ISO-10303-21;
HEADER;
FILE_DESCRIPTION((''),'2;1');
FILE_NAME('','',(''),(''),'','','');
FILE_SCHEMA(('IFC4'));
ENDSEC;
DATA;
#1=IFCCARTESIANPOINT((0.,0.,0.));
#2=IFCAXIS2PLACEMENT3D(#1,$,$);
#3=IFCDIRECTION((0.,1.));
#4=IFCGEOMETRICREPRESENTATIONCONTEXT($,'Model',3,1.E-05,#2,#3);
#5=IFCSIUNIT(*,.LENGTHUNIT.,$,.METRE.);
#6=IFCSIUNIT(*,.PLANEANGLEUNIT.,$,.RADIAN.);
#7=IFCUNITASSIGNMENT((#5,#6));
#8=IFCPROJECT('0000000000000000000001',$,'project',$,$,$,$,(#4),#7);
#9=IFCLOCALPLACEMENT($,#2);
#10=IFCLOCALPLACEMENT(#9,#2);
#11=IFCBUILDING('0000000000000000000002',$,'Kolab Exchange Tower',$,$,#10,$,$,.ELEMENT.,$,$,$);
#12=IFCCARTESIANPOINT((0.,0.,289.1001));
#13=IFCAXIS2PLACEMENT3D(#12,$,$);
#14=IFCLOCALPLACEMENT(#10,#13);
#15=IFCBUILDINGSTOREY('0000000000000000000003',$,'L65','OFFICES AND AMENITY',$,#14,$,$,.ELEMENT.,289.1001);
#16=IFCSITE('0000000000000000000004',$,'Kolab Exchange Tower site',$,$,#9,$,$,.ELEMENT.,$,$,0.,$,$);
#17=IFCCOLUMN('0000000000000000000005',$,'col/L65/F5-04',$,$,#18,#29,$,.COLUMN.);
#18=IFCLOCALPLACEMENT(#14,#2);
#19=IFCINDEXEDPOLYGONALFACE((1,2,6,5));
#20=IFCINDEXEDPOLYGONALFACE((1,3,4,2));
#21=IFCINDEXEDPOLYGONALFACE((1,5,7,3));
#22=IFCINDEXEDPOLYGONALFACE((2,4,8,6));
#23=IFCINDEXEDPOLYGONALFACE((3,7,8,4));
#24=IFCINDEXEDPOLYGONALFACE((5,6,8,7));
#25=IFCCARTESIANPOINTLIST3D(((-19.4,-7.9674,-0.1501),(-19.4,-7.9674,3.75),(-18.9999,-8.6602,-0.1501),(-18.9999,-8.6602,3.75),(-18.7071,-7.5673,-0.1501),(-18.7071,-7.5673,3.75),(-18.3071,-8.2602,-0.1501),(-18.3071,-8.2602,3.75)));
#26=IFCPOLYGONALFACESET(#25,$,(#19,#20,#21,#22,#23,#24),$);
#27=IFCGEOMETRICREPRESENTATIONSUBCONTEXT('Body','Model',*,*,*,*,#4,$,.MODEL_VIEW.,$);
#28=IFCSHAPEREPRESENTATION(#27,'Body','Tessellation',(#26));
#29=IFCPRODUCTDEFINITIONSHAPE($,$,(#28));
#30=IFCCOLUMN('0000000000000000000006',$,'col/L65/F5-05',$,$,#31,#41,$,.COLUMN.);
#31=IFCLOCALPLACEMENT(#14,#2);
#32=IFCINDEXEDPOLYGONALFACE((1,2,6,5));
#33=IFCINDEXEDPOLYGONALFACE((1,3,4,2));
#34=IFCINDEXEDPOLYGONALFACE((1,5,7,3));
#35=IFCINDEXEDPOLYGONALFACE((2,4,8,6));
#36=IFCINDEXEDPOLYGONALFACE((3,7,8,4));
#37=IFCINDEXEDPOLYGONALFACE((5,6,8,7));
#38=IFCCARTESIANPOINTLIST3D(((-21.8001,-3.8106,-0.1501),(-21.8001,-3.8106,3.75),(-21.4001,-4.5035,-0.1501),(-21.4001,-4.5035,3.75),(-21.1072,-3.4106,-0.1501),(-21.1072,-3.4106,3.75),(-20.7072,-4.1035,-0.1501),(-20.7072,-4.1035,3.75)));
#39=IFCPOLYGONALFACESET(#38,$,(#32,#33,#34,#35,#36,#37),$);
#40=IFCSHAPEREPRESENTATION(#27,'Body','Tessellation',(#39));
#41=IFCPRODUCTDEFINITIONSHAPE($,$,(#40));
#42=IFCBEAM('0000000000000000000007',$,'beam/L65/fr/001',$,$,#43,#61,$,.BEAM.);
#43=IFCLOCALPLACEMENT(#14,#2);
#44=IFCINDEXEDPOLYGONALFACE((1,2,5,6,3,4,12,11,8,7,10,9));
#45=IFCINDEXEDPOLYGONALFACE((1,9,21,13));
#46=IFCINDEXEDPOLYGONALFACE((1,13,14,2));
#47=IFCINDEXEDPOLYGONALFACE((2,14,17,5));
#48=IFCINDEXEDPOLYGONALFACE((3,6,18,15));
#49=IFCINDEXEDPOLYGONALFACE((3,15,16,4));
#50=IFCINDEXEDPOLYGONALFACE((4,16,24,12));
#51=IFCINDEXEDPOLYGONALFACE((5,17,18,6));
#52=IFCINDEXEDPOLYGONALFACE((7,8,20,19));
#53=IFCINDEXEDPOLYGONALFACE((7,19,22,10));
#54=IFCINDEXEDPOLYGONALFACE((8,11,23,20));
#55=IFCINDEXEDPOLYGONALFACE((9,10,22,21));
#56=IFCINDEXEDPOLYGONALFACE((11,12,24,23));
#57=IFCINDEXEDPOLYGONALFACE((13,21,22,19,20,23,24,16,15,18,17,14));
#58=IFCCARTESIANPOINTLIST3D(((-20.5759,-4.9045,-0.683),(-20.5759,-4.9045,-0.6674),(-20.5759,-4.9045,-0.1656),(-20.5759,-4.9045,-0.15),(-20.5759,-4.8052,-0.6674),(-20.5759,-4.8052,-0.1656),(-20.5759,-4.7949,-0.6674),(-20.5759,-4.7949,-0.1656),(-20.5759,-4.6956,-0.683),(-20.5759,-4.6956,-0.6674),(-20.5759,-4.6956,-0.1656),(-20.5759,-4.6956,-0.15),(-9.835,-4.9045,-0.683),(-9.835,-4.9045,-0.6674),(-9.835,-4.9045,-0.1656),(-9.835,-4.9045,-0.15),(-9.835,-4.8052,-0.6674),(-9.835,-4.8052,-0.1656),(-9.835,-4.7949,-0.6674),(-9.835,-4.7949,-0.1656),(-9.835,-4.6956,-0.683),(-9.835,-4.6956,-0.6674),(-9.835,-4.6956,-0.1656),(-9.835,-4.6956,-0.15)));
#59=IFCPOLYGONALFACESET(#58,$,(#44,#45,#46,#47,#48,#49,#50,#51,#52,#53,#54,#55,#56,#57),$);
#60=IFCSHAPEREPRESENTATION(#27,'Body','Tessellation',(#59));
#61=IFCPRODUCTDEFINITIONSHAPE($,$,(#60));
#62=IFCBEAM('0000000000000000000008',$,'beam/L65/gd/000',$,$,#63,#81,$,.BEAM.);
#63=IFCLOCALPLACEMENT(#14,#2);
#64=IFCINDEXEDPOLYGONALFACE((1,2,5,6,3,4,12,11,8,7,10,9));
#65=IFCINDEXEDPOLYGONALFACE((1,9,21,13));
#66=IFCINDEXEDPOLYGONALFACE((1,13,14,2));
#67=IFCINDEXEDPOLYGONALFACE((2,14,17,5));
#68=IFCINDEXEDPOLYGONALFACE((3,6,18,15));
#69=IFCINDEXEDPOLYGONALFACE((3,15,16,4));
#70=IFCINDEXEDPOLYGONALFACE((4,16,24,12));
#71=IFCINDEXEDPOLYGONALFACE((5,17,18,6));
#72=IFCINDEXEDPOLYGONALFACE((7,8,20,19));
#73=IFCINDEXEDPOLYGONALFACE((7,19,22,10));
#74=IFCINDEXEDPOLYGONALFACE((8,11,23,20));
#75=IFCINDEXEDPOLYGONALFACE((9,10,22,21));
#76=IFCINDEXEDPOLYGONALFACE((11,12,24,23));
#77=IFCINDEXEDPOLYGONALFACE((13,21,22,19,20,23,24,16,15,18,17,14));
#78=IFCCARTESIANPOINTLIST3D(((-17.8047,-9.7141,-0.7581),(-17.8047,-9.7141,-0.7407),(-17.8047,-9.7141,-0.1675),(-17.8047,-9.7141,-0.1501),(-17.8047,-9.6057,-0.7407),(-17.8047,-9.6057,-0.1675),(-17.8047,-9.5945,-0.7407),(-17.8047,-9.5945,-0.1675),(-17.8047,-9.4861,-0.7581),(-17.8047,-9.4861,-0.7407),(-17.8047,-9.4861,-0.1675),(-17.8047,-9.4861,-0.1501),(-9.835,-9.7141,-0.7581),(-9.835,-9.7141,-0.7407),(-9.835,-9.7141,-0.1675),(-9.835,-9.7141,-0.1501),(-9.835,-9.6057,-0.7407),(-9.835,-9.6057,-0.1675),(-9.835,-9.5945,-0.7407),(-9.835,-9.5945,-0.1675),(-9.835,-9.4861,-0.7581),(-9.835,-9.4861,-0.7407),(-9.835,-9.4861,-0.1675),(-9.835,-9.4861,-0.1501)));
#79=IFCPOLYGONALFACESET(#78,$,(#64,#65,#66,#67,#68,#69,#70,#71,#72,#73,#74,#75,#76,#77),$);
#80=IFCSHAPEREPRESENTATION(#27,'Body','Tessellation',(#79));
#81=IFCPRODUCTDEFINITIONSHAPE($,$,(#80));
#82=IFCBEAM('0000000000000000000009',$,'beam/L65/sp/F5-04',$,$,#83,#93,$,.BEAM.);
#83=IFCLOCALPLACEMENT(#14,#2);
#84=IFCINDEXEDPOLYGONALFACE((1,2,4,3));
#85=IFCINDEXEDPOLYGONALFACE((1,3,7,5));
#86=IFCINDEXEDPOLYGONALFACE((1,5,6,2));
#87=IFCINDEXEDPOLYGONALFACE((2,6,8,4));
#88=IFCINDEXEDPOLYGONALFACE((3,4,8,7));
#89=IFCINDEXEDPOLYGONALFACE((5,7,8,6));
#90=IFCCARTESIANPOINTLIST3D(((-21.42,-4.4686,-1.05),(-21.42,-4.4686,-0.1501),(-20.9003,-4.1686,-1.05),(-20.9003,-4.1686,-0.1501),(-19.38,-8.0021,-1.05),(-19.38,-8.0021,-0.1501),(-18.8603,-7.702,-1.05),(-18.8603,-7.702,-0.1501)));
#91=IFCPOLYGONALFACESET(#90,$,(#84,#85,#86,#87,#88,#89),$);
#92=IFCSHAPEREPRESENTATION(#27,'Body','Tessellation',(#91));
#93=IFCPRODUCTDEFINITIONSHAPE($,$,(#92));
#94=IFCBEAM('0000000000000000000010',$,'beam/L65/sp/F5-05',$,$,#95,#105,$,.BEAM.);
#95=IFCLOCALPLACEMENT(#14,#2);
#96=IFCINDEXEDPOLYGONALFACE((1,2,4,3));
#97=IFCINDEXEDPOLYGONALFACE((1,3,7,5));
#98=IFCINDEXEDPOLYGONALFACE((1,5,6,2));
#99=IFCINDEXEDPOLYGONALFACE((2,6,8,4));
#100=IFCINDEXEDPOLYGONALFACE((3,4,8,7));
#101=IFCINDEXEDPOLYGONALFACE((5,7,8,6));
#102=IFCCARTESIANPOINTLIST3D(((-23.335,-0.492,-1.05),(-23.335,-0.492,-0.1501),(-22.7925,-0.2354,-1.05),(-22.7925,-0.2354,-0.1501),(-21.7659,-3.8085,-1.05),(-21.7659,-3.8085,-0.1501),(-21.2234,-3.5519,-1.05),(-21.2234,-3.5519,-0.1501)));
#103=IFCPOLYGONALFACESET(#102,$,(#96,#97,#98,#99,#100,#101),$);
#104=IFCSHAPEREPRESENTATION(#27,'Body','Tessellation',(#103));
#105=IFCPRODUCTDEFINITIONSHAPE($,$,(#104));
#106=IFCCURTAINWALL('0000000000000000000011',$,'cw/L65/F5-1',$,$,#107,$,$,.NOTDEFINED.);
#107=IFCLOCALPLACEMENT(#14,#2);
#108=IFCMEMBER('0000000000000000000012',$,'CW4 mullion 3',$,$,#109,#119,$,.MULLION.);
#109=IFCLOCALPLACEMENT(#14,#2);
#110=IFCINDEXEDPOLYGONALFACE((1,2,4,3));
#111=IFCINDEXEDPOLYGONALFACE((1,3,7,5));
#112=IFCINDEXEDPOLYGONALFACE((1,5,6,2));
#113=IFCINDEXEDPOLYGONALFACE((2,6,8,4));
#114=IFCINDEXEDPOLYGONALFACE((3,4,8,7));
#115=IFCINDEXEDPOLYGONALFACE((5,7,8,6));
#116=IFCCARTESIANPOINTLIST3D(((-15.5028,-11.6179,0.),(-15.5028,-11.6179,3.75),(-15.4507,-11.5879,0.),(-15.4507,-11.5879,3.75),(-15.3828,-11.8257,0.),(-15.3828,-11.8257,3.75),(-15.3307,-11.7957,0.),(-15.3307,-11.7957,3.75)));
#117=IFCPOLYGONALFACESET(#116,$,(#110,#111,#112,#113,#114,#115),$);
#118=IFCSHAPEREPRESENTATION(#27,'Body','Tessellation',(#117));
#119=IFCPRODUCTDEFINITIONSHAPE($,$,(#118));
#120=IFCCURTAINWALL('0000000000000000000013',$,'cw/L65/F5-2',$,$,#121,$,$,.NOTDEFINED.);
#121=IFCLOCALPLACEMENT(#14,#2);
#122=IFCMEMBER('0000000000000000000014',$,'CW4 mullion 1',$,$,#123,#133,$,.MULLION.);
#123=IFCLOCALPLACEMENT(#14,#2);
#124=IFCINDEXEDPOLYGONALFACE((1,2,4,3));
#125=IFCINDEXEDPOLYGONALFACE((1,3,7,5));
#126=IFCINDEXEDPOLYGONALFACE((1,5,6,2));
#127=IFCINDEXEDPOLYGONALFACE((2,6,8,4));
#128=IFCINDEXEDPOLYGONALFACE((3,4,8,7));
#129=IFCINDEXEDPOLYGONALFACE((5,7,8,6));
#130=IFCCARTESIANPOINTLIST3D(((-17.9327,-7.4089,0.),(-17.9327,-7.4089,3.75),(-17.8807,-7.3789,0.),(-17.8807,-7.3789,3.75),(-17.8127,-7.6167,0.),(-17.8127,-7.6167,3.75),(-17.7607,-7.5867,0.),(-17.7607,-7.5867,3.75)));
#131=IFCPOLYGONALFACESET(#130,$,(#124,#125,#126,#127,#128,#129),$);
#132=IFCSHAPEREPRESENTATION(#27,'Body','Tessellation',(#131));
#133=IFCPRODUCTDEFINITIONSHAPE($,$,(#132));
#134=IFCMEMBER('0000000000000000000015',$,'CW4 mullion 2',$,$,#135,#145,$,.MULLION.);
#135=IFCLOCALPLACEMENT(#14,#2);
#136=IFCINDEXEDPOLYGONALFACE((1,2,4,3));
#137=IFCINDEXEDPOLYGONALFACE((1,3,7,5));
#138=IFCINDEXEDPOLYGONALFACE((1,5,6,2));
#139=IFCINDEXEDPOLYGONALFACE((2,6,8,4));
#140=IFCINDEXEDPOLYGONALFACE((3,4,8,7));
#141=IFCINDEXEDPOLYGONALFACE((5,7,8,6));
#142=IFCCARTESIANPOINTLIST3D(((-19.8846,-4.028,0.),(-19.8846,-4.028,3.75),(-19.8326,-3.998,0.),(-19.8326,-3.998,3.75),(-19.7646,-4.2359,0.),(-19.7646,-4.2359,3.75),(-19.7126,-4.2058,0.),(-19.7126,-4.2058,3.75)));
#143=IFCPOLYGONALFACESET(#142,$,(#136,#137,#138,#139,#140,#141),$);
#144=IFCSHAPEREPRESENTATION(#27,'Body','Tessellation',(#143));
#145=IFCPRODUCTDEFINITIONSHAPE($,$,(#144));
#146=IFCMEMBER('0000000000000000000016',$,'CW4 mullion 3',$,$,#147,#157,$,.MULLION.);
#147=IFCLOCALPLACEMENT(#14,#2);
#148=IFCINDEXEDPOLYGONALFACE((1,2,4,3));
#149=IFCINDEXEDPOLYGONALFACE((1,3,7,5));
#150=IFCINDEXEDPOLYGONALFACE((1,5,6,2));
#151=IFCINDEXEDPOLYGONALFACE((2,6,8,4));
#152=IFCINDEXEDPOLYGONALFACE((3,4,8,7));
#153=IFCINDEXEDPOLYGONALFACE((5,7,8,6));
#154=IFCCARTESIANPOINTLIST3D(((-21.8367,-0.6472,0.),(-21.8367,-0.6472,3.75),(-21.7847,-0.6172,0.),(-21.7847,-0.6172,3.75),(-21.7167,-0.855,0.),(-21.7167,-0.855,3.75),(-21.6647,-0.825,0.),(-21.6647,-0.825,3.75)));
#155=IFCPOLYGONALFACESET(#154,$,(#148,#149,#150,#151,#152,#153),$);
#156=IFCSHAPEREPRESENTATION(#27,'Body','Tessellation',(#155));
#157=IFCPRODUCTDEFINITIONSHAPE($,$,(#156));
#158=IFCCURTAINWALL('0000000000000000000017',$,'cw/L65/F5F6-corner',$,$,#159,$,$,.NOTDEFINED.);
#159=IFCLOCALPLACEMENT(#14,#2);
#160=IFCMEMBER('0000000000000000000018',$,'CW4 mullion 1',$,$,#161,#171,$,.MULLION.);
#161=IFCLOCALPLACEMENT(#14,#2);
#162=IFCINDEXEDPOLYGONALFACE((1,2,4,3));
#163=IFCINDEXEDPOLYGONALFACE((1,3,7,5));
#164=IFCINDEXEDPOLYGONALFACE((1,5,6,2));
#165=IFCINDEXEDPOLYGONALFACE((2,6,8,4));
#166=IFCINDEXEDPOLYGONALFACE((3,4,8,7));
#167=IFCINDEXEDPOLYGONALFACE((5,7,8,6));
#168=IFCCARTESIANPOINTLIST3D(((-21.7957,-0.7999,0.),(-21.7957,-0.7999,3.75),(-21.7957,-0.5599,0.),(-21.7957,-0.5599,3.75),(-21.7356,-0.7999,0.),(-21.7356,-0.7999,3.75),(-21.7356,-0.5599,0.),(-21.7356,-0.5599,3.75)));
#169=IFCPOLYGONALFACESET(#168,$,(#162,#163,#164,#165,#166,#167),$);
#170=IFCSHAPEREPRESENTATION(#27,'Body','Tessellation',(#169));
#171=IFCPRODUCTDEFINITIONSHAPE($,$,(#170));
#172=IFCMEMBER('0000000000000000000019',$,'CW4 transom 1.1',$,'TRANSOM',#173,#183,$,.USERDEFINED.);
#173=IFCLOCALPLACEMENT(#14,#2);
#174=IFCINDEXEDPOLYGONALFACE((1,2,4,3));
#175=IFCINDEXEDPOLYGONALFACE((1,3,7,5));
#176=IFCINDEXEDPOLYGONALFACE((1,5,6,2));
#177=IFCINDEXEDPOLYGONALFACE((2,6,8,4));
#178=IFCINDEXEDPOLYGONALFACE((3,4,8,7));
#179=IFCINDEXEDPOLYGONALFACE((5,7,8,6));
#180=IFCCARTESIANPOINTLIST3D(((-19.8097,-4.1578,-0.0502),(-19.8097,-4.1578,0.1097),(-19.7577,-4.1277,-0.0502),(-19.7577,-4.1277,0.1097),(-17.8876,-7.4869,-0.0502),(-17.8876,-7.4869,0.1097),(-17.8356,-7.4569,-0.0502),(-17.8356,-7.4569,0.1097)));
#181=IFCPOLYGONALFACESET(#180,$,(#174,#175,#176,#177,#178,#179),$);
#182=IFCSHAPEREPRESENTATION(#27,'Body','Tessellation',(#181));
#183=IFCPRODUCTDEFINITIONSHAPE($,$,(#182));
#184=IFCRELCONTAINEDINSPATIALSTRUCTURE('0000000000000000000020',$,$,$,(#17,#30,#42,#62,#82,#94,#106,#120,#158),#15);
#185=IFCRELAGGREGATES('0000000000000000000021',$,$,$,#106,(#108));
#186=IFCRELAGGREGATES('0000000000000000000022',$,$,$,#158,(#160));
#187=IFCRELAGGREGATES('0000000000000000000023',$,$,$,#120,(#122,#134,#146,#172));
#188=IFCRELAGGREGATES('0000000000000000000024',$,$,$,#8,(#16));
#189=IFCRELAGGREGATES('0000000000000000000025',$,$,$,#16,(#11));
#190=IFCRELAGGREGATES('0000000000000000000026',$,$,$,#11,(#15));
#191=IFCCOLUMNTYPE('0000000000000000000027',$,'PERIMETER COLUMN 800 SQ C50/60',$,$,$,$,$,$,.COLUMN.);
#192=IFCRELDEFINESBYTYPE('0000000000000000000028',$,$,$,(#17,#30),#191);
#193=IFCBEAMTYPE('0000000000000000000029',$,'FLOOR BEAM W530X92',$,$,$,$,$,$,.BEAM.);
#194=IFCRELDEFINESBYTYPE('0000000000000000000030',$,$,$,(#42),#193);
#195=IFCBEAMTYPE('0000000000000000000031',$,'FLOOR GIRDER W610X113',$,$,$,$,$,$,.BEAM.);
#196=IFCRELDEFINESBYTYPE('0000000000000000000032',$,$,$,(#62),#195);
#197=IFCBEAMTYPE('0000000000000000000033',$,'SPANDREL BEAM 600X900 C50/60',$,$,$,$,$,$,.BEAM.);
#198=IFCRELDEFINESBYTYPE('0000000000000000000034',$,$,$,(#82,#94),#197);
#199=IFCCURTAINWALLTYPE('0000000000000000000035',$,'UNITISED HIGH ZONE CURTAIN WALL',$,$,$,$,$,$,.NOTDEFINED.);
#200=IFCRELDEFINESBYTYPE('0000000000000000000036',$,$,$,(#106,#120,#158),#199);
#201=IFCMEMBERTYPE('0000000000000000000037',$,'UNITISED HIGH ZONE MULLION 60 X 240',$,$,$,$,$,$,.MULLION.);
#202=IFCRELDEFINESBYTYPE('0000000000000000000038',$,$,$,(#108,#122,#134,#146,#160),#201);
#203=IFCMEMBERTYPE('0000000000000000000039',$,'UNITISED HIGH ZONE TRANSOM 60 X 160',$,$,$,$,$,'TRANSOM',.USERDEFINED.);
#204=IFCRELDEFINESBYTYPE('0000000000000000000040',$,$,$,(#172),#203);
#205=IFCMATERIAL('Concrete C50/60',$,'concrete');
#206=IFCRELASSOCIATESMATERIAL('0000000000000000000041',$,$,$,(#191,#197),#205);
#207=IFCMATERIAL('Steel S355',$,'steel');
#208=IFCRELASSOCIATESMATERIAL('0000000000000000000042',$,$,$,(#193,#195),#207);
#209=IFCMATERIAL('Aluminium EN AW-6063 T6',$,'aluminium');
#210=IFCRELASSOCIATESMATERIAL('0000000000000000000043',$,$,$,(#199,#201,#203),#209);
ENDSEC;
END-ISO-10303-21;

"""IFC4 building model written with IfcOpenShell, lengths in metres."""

from ifc_helpers import new_model, si_unit, direction, frame, origin, origin_2d, place, context, subcontext, project, spatial, rectangle, i_section, extrude, material, material_profile, profile_set, type_object, element, aggregate, save


model = new_model("IFC4")

# Units and contexts
model_context = context("Model", 3, precision=1e-05, world=origin(), true_north=direction((0.0, 1.0)))
body_context = subcontext(model_context, "Body", "Model", "MODEL_VIEW")
ifc_project = project(units=[si_unit("LENGTHUNIT", "METRE"), si_unit("PLANEANGLEUNIT", "RADIAN")], contexts=[model_context])

# Site, building, storey
site_placement = place(None, origin())
site = spatial("IfcSite", under=ifc_project, at=site_placement, Name="Kolab Exchange Tower site", CompositionType="ELEMENT", RefElevation=0.0)
building_placement = place(site_placement, origin())
building = spatial("IfcBuilding", under=site, at=building_placement, Name="Kolab Exchange Tower", CompositionType="ELEMENT")
storey_placement = place(building_placement, frame((0.0, 0.0, 289.1001)))
storey = spatial("IfcBuildingStorey", under=building, at=storey_placement, Name="L65", Description="OFFICES AND AMENITY", CompositionType="ELEMENT", Elevation=289.1001)

# Columns
ifc_material_1 = material(Name="Concrete C50/60", Category="concrete")
ifc_material_profile_1 = material_profile(ifc_material_1, rectangle(XDim=0.8, YDim=0.8, at=origin_2d()), Name="RC800")
ifc_profile_set_1 = profile_set([ifc_material_profile_1], Name="Concrete C50/60")
column_type = type_object("IfcColumnType", Name="PERIMETER COLUMN 800 SQ C50/60", PredefinedType="COLUMN", material=ifc_profile_set_1)
for number, where, z_axis, x_axis, name in (
    (1, (-18.8535, -8.1138, -0.1501), (0.0, 0.0, 1.0), (0.866025, 0.5, 0.0), "col/L65/F5-04"),
    (2, (-21.2537, -3.957, -0.1501), (0.0, 0.0, 1.0), (0.866025, 0.5, 0.0), "col/L65/F5-05"),
):
    element("IfcColumn", number, at=place(storey_placement, frame(where, z_axis=z_axis, x_axis=x_axis)), inside=storey, type_object=column_type, Name=name, PredefinedType="COLUMN", context=body_context, shape_type="SweptSolid", body=[
        extrude(rectangle(XDim=0.8, YDim=0.8, at=origin_2d()), origin(), (0.0, 0.0, 1.0), 3.9001),
    ])

# Beams
ifc_material_2 = material(Name="Steel S355", Category="steel")
ifc_material_profile_2 = material_profile(ifc_material_2, i_section(OverallWidth=0.209, OverallDepth=0.533, WebThickness=0.0103, FlangeThickness=0.0156, at=origin_2d()), Name="W530X92")
ifc_profile_set_2 = profile_set([ifc_material_profile_2], Name="Steel S355")
beam_type_1 = type_object("IfcBeamType", Name="FLOOR BEAM W530X92", PredefinedType="BEAM", material=ifc_profile_set_2)
beam_1_placement = place(storey_placement, frame((-20.5759, -4.8, -0.4165), z_axis=(1.0, 0.0, 0.0), x_axis=(0.0, 1.0, 0.0)))
element("IfcBeam", 3, at=beam_1_placement, inside=storey, type_object=beam_type_1, Name="beam/L65/fr/001", PredefinedType="BEAM", context=body_context, shape_type="SweptSolid", body=[
    extrude(i_section(OverallWidth=0.209, OverallDepth=0.533, WebThickness=0.0103, FlangeThickness=0.0156, at=origin_2d()), origin(), (0.0, 0.0, 1.0), 10.741),
])
ifc_material_profile_3 = material_profile(ifc_material_2, i_section(OverallWidth=0.228, OverallDepth=0.6079, WebThickness=0.0112, FlangeThickness=0.0173, at=origin_2d()), Name="W610X113")
ifc_profile_set_3 = profile_set([ifc_material_profile_3], Name="Steel S355")
beam_type_2 = type_object("IfcBeamType", Name="FLOOR GIRDER W610X113", PredefinedType="BEAM", material=ifc_profile_set_3)
beam_2_placement = place(storey_placement, frame((-17.8047, -9.6001, -0.4541), z_axis=(1.0, 0.0, 0.0), x_axis=(0.0, 1.0, 0.0)))
element("IfcBeam", 4, at=beam_2_placement, inside=storey, type_object=beam_type_2, Name="beam/L65/gd/000", PredefinedType="BEAM", context=body_context, shape_type="SweptSolid", body=[
    extrude(i_section(OverallWidth=0.228, OverallDepth=0.6079, WebThickness=0.0112, FlangeThickness=0.0173, at=origin_2d()), origin(), (0.0, 0.0, 1.0), 7.9697),
])
ifc_material_profile_4 = material_profile(ifc_material_1, rectangle(XDim=0.6001, YDim=0.8999, at=origin_2d()), Name="RC600X900")
ifc_profile_set_4 = profile_set([ifc_material_profile_4], Name="Concrete C50/60")
beam_type_3 = type_object("IfcBeamType", Name="SPANDREL BEAM 600X900 C50/60", PredefinedType="BEAM", material=ifc_profile_set_4)
beam_3_placement = place(storey_placement, frame((-19.1201, -7.8521, -0.6001), z_axis=(-0.5, 0.866025, 0.0), x_axis=(-0.866025, -0.5, 0.0)))
element("IfcBeam", 5, at=beam_3_placement, inside=storey, type_object=beam_type_3, Name="beam/L65/sp/F5-04", PredefinedType="BEAM", context=body_context, shape_type="SweptSolid", body=[
    extrude(rectangle(XDim=0.6001, YDim=0.8999, at=origin_2d()), origin(), (0.0, 0.0, 1.0), 4.0801),
])
beam_4_placement = place(storey_placement, frame((-21.4946, -3.6802, -0.6001), z_axis=(-0.427677, 0.903932, 0.0), x_axis=(-0.903932, -0.427677, 0.0)))
element("IfcBeam", 6, at=beam_4_placement, inside=storey, type_object=beam_type_3, Name="beam/L65/sp/F5-05", PredefinedType="BEAM", context=body_context, shape_type="SweptSolid", body=[
    extrude(rectangle(XDim=0.6001, YDim=0.8999, at=origin_2d()), origin(), (0.0, 0.0, 1.0), 3.6689),
])

# Curtain wall, member
ifc_material_3 = material(Name="Aluminium EN AW-6063 T6", Category="aluminium")
curtain_wall_type = type_object("IfcCurtainWallType", Name="UNITISED HIGH ZONE CURTAIN WALL", PredefinedType="NOTDEFINED", material=ifc_material_3)
curtain_wall_1_placement = place(storey_placement, origin())
curtain_wall_1 = element("IfcCurtainWall", 7, at=curtain_wall_1_placement, inside=storey, type_object=curtain_wall_type, Name="cw/L65/F5-1", PredefinedType="NOTDEFINED")
ifc_material_profile_5 = material_profile(ifc_material_3, rectangle(XDim=0.0601, YDim=0.24, at=origin_2d()), Name="RECT 60X240")
ifc_profile_set_5 = profile_set([ifc_material_profile_5], Name="Aluminium EN AW-6063 T6")
member_type_1 = type_object("IfcMemberType", Name="UNITISED HIGH ZONE MULLION 60 X 240", PredefinedType="MULLION", material=ifc_profile_set_5)
member_1_placement = place(storey_placement, frame((-15.4167, -11.7068, 0.0), z_axis=(0.0, 0.0, 1.0), x_axis=(-0.866025, -0.5, 0.0)))
member_1 = element("IfcMember", 8, at=member_1_placement, type_object=member_type_1, Name="CW4 mullion 3", PredefinedType="MULLION", context=body_context, shape_type="SweptSolid", body=[
    extrude(rectangle(XDim=0.0601, YDim=0.24, at=origin_2d()), origin(), (0.0, 0.0, 1.0), 3.75),
])
aggregate(curtain_wall_1, [member_1])

# Curtain wall, members
curtain_wall_2_placement = place(storey_placement, origin())
curtain_wall_2 = element("IfcCurtainWall", 9, at=curtain_wall_2_placement, inside=storey, type_object=curtain_wall_type, Name="cw/L65/F5-2", PredefinedType="NOTDEFINED")
member_2_placement = place(storey_placement, frame((-17.8467, -7.4978, 0.0), z_axis=(0.0, 0.0, 1.0), x_axis=(-0.866025, -0.5, 0.0)))
member_2 = element("IfcMember", 10, at=member_2_placement, type_object=member_type_1, Name="CW4 mullion 1", PredefinedType="MULLION", context=body_context, shape_type="SweptSolid", body=[
    extrude(rectangle(XDim=0.0601, YDim=0.24, at=origin_2d()), origin(), (0.0, 0.0, 1.0), 3.75),
])
member_3_placement = place(storey_placement, frame((-19.7986, -4.1169, 0.0), z_axis=(0.0, 0.0, 1.0), x_axis=(-0.866025, -0.5, 0.0)))
member_3 = element("IfcMember", 11, at=member_3_placement, type_object=member_type_1, Name="CW4 mullion 2", PredefinedType="MULLION", context=body_context, shape_type="SweptSolid", body=[
    extrude(rectangle(XDim=0.0601, YDim=0.24, at=origin_2d()), origin(), (0.0, 0.0, 1.0), 3.75),
])
member_4_placement = place(storey_placement, frame((-21.7507, -0.7361, 0.0), z_axis=(0.0, 0.0, 1.0), x_axis=(-0.866025, -0.5, 0.0)))
member_4 = element("IfcMember", 12, at=member_4_placement, type_object=member_type_1, Name="CW4 mullion 3", PredefinedType="MULLION", context=body_context, shape_type="SweptSolid", body=[
    extrude(rectangle(XDim=0.0601, YDim=0.24, at=origin_2d()), origin(), (0.0, 0.0, 1.0), 3.75),
])

# Curtain wall, member
curtain_wall_3_placement = place(storey_placement, origin())
curtain_wall_3 = element("IfcCurtainWall", 13, at=curtain_wall_3_placement, inside=storey, type_object=curtain_wall_type, Name="cw/L65/F5F6-corner", PredefinedType="NOTDEFINED")
member_5_placement = place(storey_placement, frame((-21.7656, -0.6799, 0.0), z_axis=(0.0, 0.0, 1.0), x_axis=(-1.0, 0.0, 0.0)))
member_5 = element("IfcMember", 14, at=member_5_placement, type_object=member_type_1, Name="CW4 mullion 1", PredefinedType="MULLION", context=body_context, shape_type="SweptSolid", body=[
    extrude(rectangle(XDim=0.0601, YDim=0.24, at=origin_2d()), origin(), (0.0, 0.0, 1.0), 3.75),
])

# Member
ifc_material_profile_6 = material_profile(ifc_material_3, rectangle(XDim=0.0601, YDim=0.1599, at=origin_2d()), Name="RECT 60X160")
ifc_profile_set_6 = profile_set([ifc_material_profile_6], Name="Aluminium EN AW-6063 T6")
member_type_2 = type_object("IfcMemberType", Name="UNITISED HIGH ZONE TRANSOM 60 X 160", ElementType="TRANSOM", PredefinedType="USERDEFINED", material=ifc_profile_set_6)
member_6_placement = place(storey_placement, frame((-17.8616, -7.4719, 0.0298), z_axis=(-0.500012, 0.866018, 0.0), x_axis=(-0.866018, -0.500012, 0.0)))
member_6 = element("IfcMember", 15, at=member_6_placement, type_object=member_type_2, Name="CW4 transom 1.1", ObjectType="TRANSOM", PredefinedType="USERDEFINED", context=body_context, shape_type="SweptSolid", body=[
    extrude(rectangle(XDim=0.0601, YDim=0.1599, at=origin_2d()), origin(), (0.0, 0.0, 1.0), 3.8442),
])
aggregate(curtain_wall_3, [member_5])

aggregate(curtain_wall_2, [member_2, member_3, member_4, member_6])

save(model, "model.ifc")
